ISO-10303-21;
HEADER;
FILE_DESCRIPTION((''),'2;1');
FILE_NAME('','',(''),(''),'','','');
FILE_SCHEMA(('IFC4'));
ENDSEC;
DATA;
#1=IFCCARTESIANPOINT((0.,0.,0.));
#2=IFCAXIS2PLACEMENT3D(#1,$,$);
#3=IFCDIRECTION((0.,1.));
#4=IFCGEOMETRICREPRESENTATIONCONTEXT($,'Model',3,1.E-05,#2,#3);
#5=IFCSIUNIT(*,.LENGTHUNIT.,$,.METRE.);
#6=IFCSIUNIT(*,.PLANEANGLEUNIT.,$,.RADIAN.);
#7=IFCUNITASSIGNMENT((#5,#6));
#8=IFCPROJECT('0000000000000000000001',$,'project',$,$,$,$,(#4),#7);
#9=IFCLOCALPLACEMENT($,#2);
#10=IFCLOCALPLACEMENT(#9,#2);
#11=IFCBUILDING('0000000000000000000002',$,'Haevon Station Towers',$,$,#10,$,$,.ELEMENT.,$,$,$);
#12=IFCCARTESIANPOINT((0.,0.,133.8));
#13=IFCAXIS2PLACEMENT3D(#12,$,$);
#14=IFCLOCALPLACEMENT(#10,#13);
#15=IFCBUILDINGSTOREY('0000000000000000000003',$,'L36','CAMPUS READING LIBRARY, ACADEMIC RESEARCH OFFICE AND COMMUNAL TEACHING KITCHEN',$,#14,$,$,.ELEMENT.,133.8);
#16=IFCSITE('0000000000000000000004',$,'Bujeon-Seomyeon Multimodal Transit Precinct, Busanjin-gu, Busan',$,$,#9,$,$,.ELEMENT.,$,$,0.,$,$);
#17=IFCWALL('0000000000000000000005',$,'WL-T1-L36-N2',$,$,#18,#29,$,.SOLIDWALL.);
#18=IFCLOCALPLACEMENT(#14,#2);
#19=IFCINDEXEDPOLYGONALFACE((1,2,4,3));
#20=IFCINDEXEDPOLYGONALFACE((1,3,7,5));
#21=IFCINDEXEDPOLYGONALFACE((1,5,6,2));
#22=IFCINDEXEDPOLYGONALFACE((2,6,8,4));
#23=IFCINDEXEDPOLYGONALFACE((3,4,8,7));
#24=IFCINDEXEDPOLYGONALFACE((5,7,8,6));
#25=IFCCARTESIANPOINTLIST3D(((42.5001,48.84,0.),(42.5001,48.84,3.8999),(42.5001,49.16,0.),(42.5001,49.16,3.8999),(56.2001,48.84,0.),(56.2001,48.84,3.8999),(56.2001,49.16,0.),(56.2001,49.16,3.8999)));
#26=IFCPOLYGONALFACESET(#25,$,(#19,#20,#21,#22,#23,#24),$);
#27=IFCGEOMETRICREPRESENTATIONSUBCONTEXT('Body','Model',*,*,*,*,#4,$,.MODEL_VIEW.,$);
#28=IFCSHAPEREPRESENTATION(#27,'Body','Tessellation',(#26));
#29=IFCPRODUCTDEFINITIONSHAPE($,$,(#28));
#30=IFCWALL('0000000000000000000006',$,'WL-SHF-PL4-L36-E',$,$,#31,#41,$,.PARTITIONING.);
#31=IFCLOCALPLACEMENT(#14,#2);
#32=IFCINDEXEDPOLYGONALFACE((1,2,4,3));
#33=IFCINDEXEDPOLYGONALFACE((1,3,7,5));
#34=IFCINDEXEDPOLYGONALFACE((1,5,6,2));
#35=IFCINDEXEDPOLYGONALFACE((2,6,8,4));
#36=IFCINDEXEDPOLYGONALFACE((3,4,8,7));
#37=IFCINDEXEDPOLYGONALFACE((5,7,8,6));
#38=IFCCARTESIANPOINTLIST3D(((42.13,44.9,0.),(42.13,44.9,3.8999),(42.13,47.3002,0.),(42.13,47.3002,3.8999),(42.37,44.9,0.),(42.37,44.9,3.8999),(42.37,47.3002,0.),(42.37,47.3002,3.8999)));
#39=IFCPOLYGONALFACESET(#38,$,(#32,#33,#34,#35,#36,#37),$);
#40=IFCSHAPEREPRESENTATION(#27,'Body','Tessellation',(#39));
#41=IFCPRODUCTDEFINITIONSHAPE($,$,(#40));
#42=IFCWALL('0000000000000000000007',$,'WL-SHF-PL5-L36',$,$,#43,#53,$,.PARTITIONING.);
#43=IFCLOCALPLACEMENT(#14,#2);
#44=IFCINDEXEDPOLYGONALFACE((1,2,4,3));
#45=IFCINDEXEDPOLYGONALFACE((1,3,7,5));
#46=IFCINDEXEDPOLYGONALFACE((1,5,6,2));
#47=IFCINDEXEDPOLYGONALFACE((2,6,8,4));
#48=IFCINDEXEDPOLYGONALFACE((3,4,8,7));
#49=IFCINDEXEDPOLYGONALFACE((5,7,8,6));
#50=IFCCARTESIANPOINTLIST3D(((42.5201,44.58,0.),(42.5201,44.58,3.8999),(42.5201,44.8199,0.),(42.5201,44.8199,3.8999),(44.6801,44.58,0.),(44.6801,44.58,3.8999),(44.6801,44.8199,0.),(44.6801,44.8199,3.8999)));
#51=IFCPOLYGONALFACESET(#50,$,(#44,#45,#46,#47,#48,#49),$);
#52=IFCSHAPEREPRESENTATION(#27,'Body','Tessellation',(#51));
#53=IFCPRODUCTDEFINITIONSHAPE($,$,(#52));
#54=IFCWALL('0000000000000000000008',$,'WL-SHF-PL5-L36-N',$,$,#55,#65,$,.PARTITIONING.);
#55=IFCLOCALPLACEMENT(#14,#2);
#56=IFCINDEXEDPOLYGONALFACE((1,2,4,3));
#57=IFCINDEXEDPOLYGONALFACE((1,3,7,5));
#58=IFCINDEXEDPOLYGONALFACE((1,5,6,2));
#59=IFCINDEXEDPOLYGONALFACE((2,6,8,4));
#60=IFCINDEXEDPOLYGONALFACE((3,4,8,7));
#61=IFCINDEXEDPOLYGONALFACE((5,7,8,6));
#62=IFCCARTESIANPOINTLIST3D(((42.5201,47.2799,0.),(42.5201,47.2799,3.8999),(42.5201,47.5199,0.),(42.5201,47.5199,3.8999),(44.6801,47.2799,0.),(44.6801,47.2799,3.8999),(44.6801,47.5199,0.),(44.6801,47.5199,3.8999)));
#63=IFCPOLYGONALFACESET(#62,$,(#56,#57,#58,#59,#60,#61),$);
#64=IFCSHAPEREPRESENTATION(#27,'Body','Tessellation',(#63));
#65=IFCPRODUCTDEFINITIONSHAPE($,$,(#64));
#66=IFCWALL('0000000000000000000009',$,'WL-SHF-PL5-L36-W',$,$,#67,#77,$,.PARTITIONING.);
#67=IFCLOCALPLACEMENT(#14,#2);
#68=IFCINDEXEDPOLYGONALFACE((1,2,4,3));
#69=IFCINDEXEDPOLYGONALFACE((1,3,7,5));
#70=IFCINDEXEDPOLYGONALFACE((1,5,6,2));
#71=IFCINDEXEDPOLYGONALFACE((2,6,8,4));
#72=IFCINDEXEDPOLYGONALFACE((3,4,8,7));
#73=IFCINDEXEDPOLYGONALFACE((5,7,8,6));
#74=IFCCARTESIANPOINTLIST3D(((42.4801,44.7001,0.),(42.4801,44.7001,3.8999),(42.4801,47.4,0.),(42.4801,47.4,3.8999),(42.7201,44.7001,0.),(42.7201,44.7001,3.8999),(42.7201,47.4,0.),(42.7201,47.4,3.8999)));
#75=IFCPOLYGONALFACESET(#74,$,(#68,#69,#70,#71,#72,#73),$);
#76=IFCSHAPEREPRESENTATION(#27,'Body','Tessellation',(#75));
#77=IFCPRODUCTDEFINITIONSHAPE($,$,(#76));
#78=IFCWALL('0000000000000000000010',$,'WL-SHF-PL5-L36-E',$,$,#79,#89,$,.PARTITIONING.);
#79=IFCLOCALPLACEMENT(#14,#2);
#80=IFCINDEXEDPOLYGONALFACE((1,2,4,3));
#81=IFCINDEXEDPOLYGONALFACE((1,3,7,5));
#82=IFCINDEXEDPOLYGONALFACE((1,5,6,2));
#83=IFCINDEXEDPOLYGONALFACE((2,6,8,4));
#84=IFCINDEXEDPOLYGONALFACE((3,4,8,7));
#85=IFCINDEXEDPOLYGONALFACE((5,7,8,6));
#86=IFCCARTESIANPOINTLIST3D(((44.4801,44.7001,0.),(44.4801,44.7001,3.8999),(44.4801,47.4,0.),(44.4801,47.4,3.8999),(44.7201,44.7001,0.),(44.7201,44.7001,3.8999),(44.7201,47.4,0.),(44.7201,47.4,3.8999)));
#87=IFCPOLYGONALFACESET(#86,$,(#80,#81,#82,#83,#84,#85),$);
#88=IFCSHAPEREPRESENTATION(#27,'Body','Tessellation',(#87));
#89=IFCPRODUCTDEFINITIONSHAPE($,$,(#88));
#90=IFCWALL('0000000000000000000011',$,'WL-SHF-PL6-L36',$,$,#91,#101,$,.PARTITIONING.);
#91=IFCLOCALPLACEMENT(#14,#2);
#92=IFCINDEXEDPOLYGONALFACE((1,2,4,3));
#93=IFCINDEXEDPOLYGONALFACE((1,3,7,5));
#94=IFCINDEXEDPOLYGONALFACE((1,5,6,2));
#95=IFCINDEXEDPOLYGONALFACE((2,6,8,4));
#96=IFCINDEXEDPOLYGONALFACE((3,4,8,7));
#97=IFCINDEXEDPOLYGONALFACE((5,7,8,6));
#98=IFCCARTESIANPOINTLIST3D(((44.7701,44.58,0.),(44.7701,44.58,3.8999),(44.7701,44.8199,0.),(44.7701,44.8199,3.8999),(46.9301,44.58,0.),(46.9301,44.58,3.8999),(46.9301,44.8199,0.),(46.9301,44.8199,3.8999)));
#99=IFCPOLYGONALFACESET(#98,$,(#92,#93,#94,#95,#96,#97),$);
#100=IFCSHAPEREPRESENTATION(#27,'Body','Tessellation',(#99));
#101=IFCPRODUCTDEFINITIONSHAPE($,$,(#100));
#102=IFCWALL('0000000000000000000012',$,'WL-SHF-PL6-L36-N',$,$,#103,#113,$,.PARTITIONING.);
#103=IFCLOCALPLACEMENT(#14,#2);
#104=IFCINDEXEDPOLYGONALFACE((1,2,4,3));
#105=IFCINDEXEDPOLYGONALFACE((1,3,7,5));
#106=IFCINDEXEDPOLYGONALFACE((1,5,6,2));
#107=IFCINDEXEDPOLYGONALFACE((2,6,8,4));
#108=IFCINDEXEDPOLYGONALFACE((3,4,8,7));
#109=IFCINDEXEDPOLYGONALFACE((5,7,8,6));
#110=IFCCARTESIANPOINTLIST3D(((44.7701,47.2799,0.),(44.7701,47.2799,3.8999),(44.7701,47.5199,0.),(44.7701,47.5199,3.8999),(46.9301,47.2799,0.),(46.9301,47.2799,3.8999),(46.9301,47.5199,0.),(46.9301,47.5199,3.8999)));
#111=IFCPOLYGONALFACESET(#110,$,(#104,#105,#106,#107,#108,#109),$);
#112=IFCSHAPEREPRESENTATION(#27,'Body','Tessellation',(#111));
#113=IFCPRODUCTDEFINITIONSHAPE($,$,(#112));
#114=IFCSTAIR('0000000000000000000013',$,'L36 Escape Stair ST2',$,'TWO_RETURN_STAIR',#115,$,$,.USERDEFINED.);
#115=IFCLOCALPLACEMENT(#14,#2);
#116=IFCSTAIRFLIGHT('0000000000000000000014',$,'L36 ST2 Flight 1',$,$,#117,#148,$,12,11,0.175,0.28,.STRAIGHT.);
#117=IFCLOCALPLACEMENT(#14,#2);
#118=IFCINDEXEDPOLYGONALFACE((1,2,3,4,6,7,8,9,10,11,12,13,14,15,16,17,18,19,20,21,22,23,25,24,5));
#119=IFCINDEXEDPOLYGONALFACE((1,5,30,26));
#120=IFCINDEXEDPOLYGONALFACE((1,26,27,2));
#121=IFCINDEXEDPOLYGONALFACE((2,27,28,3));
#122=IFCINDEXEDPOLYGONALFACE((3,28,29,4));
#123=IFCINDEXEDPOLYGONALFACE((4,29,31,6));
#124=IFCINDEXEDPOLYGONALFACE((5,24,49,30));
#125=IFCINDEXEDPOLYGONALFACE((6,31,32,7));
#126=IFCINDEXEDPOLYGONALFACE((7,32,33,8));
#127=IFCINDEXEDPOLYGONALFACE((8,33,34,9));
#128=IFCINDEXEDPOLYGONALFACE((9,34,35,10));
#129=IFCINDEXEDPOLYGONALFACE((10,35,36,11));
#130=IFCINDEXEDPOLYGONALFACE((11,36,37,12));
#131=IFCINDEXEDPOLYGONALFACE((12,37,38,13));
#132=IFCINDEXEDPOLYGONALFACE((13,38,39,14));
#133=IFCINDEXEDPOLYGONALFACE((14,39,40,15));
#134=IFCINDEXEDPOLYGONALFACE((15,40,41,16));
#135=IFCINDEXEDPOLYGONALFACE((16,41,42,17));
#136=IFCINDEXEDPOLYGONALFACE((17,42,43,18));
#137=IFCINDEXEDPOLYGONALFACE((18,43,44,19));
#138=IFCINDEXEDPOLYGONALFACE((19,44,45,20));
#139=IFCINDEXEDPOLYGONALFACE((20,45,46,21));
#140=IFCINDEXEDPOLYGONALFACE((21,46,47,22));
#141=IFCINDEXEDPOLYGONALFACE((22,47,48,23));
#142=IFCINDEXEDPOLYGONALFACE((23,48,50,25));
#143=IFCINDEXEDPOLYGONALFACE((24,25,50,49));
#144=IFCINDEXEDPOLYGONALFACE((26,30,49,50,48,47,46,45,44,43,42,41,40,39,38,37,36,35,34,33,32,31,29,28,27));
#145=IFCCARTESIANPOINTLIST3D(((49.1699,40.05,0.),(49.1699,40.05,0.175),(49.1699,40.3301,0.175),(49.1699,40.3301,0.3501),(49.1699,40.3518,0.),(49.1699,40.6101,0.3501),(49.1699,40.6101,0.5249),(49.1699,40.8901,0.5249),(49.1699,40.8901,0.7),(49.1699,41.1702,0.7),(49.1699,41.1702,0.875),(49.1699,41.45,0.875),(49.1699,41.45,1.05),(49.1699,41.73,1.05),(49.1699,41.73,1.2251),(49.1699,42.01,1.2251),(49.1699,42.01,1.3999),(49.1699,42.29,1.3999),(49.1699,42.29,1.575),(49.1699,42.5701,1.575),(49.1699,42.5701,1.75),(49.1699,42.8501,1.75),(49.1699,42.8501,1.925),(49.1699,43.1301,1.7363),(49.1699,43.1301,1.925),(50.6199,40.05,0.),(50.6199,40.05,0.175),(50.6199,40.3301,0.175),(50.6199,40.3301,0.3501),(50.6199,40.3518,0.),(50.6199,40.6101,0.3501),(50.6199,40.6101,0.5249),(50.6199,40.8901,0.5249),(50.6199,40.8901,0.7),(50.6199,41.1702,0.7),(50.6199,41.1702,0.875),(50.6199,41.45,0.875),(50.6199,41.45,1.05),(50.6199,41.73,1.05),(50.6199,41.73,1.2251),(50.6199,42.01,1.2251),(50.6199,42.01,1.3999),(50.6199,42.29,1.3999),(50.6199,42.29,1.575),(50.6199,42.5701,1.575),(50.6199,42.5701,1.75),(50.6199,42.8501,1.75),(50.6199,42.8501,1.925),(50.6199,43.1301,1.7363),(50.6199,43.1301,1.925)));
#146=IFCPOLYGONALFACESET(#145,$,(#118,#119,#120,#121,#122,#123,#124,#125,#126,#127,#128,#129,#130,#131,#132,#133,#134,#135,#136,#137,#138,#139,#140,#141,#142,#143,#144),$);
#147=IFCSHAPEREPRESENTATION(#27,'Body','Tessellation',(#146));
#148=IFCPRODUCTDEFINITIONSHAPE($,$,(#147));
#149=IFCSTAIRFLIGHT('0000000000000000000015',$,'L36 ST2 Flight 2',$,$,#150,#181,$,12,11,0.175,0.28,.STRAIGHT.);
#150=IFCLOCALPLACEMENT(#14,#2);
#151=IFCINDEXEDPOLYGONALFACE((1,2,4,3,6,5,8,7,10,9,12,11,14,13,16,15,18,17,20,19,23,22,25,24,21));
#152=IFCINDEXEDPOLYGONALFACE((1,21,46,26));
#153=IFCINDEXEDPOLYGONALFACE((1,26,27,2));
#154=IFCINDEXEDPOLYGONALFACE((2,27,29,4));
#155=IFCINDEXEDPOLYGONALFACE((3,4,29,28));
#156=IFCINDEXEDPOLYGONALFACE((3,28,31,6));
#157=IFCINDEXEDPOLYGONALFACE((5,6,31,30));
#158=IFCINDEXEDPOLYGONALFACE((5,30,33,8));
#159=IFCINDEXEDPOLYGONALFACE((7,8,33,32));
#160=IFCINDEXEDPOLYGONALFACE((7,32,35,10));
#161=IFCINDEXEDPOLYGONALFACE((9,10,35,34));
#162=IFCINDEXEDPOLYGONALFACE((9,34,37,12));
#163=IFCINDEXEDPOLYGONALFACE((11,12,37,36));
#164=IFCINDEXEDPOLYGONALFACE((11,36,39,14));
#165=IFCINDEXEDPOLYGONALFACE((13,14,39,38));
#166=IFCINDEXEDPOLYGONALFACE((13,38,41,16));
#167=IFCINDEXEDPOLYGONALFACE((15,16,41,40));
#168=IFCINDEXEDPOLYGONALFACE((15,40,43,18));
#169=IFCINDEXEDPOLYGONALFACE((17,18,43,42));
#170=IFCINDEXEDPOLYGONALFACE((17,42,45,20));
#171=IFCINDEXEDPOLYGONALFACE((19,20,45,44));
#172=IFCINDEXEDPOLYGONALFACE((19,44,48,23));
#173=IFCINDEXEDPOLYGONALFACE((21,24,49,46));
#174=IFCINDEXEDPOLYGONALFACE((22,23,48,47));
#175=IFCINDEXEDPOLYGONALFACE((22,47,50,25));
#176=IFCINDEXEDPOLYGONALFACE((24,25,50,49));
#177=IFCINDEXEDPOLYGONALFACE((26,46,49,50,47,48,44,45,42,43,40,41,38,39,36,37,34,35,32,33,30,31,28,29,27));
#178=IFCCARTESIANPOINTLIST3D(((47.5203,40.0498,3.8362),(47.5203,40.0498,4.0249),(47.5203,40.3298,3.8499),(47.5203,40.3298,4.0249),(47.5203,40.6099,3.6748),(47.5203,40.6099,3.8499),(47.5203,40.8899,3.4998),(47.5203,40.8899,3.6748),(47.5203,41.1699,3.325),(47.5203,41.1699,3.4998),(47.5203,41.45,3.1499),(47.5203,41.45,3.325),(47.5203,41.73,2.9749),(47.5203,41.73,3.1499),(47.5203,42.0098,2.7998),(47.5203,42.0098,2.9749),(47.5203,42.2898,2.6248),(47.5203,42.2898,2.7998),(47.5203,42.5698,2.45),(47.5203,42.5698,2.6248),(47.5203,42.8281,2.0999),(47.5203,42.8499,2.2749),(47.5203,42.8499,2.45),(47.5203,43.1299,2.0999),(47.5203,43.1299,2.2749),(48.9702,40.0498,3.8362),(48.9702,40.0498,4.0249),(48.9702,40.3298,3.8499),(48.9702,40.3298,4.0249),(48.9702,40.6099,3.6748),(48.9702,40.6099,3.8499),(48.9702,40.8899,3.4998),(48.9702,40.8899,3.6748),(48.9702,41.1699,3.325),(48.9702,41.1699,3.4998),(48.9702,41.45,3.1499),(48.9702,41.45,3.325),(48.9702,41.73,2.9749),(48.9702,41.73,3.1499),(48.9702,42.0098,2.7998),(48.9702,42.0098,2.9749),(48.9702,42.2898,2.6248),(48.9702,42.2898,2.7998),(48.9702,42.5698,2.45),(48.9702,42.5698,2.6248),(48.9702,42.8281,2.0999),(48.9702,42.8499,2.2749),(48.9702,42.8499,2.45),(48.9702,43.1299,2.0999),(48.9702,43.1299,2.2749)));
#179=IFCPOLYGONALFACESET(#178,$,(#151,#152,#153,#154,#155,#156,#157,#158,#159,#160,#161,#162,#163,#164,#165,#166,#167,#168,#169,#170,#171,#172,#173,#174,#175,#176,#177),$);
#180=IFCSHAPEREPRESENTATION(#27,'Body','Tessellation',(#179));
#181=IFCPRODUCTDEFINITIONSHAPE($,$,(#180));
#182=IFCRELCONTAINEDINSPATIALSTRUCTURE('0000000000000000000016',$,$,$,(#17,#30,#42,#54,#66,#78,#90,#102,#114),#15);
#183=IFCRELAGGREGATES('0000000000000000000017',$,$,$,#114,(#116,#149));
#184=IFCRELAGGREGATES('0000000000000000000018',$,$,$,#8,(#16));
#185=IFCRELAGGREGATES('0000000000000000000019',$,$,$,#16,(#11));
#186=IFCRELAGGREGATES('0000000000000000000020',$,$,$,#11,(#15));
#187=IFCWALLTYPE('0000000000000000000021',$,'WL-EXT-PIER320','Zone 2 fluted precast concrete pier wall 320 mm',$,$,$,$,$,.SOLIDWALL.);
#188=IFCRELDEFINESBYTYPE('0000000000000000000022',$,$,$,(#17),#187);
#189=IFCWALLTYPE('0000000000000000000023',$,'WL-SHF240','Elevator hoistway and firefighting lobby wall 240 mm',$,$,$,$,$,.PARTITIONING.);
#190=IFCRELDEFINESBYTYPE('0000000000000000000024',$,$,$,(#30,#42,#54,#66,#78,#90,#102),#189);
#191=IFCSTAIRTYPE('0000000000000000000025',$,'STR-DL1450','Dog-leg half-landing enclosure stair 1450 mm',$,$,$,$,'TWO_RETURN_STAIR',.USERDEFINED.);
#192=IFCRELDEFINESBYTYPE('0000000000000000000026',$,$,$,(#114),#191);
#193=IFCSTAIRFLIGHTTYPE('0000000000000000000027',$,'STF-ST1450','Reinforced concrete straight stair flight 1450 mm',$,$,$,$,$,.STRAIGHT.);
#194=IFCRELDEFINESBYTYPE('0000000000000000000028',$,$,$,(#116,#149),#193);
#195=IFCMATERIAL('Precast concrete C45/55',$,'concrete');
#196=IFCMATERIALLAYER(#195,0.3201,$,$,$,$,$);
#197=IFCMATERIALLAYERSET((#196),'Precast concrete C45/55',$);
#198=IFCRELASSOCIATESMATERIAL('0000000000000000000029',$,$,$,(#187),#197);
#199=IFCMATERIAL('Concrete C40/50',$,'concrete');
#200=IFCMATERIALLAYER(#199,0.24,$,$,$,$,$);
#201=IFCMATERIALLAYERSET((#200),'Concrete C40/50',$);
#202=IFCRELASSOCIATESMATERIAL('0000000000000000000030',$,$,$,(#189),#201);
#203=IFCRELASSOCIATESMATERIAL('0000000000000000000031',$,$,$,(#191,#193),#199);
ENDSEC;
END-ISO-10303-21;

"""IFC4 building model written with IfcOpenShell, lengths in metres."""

from ifc_helpers import new_model, si_unit, direction, frame, frame_2d, origin, place, context, subcontext, project, spatial, polyline, rectangle, outline, extrude, material, layer, layer_set, type_object, element, aggregate, save


model = new_model("IFC4")

# Units and contexts
model_context = context("Model", 3, precision=1e-05, world=origin(), true_north=direction((0.0, 1.0)))
body_context = subcontext(model_context, "Body", "Model", "MODEL_VIEW")
ifc_project = project(units=[si_unit("LENGTHUNIT", "METRE"), si_unit("PLANEANGLEUNIT", "RADIAN")], contexts=[model_context])

# Site, building, storey
site_placement = place(None, origin())
site = spatial("IfcSite", under=ifc_project, at=site_placement, Name="Bujeon-Seomyeon Multimodal Transit Precinct, Busanjin-gu, Busan", CompositionType="ELEMENT", RefElevation=0.0)
building_placement = place(site_placement, origin())
building = spatial("IfcBuilding", under=site, at=building_placement, Name="Haevon Station Towers", CompositionType="ELEMENT")
storey_placement = place(building_placement, frame((0.0, 0.0, 133.8)))
storey = spatial("IfcBuildingStorey", under=building, at=storey_placement, Name="L36", Description="CAMPUS READING LIBRARY, ACADEMIC RESEARCH OFFICE AND COMMUNAL TEACHING KITCHEN", CompositionType="ELEMENT", Elevation=133.8)

# Walls
ifc_material_1 = material(Name="Precast concrete C45/55", Category="concrete")
ifc_layer_1 = layer(ifc_material_1, 0.3201)
ifc_layer_set_1 = layer_set([ifc_layer_1], Name="Precast concrete C45/55")
wall_type_1 = type_object("IfcWallType", Name="WL-EXT-PIER320", Description="Zone 2 fluted precast concrete pier wall 320 mm", PredefinedType="SOLIDWALL", material=ifc_layer_set_1)
wall_1_placement = place(storey_placement, frame((42.5, 49.0, 0.0), z_axis=(0.0, 0.0, 1.0), x_axis=(1.0, 0.0, 0.0)))
element("IfcWall", 1, at=wall_1_placement, inside=storey, type_object=wall_type_1, Name="WL-T1-L36-N2", PredefinedType="SOLIDWALL", context=body_context, shape_type="SweptSolid", body=[
    extrude(rectangle(XDim=13.7, YDim=0.3201, at=frame_2d((6.8501, 0.0))), origin(), (0.0, 0.0, 1.0), 3.8999),
])
ifc_material_2 = material(Name="Concrete C40/50", Category="concrete")
ifc_layer_2 = layer(ifc_material_2, 0.24)
ifc_layer_set_2 = layer_set([ifc_layer_2], Name="Concrete C40/50")
wall_type_2 = type_object("IfcWallType", Name="WL-SHF240", Description="Elevator hoistway and firefighting lobby wall 240 mm", PredefinedType="PARTITIONING", material=ifc_layer_set_2)
wall_2_placement = place(storey_placement, frame((42.25, 44.8999, 0.0), z_axis=(0.0, 0.0, 1.0), x_axis=(0.0, 1.0, 0.0)))
element("IfcWall", 2, at=wall_2_placement, inside=storey, type_object=wall_type_2, Name="WL-SHF-PL4-L36-E", PredefinedType="PARTITIONING", context=body_context, shape_type="SweptSolid", body=[
    extrude(rectangle(XDim=2.4001, YDim=0.24, at=frame_2d((1.2002, 0.0))), origin(), (0.0, 0.0, 1.0), 3.8999),
])
for number, where, z_axis, x_axis, name in (
    (3, (42.52, 44.7, 0.0), (0.0, 0.0, 1.0), (1.0, 0.0, 0.0), "WL-SHF-PL5-L36"),
    (4, (42.52, 47.3999, 0.0), (0.0, 0.0, 1.0), (1.0, 0.0, 0.0), "WL-SHF-PL5-L36-N"),
):
    element("IfcWall", number, at=place(storey_placement, frame(where, z_axis=z_axis, x_axis=x_axis)), inside=storey, type_object=wall_type_2, Name=name, PredefinedType="PARTITIONING", context=body_context, shape_type="SweptSolid", body=[
        extrude(rectangle(XDim=2.1599, YDim=0.24, at=frame_2d((1.0801, 0.0))), origin(), (0.0, 0.0, 1.0), 3.8999),
    ])
for number, where, z_axis, x_axis, name in (
    (5, (42.6001, 44.7, 0.0), (0.0, 0.0, 1.0), (0.0, 1.0, 0.0), "WL-SHF-PL5-L36-W"),
    (6, (44.6001, 44.7, 0.0), (0.0, 0.0, 1.0), (0.0, 1.0, 0.0), "WL-SHF-PL5-L36-E"),
):
    element("IfcWall", number, at=place(storey_placement, frame(where, z_axis=z_axis, x_axis=x_axis)), inside=storey, type_object=wall_type_2, Name=name, PredefinedType="PARTITIONING", context=body_context, shape_type="SweptSolid", body=[
        extrude(rectangle(XDim=2.7, YDim=0.24, at=frame_2d((1.3501, 0.0))), origin(), (0.0, 0.0, 1.0), 3.8999),
    ])
for number, where, z_axis, x_axis, name in (
    (7, (44.77, 44.7, 0.0), (0.0, 0.0, 1.0), (1.0, 0.0, 0.0), "WL-SHF-PL6-L36"),
    (8, (44.77, 47.3999, 0.0), (0.0, 0.0, 1.0), (1.0, 0.0, 0.0), "WL-SHF-PL6-L36-N"),
):
    element("IfcWall", number, at=place(storey_placement, frame(where, z_axis=z_axis, x_axis=x_axis)), inside=storey, type_object=wall_type_2, Name=name, PredefinedType="PARTITIONING", context=body_context, shape_type="SweptSolid", body=[
        extrude(rectangle(XDim=2.1599, YDim=0.24, at=frame_2d((1.0801, 0.0))), origin(), (0.0, 0.0, 1.0), 3.8999),
    ])

# Stair, stair flights
stair_type = type_object("IfcStairType", Name="STR-DL1450", Description="Dog-leg half-landing enclosure stair 1450 mm", ElementType="TWO_RETURN_STAIR", PredefinedType="USERDEFINED", material=ifc_material_2)
stair_placement = place(storey_placement, origin())
stair = element("IfcStair", 9, at=stair_placement, inside=storey, type_object=stair_type, Name="L36 Escape Stair ST2", ObjectType="TWO_RETURN_STAIR", PredefinedType="USERDEFINED")
stair_flight_type = type_object("IfcStairFlightType", Name="STF-ST1450", Description="Reinforced concrete straight stair flight 1450 mm", PredefinedType="STRAIGHT", material=ifc_material_2)
stair_flight_1_placement = place(storey_placement, frame((49.895, 40.05, 0.0), z_axis=(0.0, 0.0, 1.0), x_axis=(0.0, 1.0, 0.0)))
stair_flight_1 = element("IfcStairFlight", 10, at=stair_flight_1_placement, type_object=stair_flight_type, Name="L36 ST2 Flight 1", NumberOfRisers=12, NumberOfTreads=11, PredefinedType="STRAIGHT", RiserHeight=0.175, TreadLength=0.28, context=body_context, shape_type="SweptSolid", body=[
    extrude(outline(polyline([(0.0, 0.0), (0.0, 0.175), (0.28, 0.175), (0.28, 0.3501), (0.5601, 0.3501), (0.5601, 0.5249), (0.8401, 0.5249), (0.8401, 0.7), (1.1201, 0.7), (1.1201, 0.875), (1.3999, 0.875), (1.3999, 1.05), (1.6799, 1.05), (1.6799, 1.2251), (1.96, 1.2251), (1.96, 1.3999), (2.24, 1.3999), (2.24, 1.575), (2.52, 1.575), (2.52, 1.75), (2.8, 1.75), (2.8, 1.925), (3.0801, 1.925), (3.0801, 2.1001), (3.0801, 1.7363), (0.3018, 0.0), (0.0, 0.0)])), frame((0.0, 0.7251, 0.0), z_axis=(0.0, -1.0, 0.0), x_axis=(1.0, 0.0, 0.0)), (0.0, 0.0, 1.0), 1.45),
])
stair_flight_2_placement = place(storey_placement, frame((48.2451, 43.1299, 2.0999), z_axis=(0.0, 0.0, 1.0), x_axis=(0.0, -1.0, 0.0)))
stair_flight_2 = element("IfcStairFlight", 11, at=stair_flight_2_placement, type_object=stair_flight_type, Name="L36 ST2 Flight 2", NumberOfRisers=12, NumberOfTreads=11, PredefinedType="STRAIGHT", RiserHeight=0.175, TreadLength=0.28, context=body_context, shape_type="SweptSolid", body=[
    extrude(outline(polyline([(0.0, 0.0), (0.0, 0.175), (0.28, 0.175), (0.28, 0.3501), (0.5601, 0.3501), (0.5601, 0.5249), (0.8401, 0.5249), (0.8401, 0.7), (1.1201, 0.7), (1.1201, 0.875), (1.3999, 0.875), (1.3999, 1.05), (1.6799, 1.05), (1.6799, 1.2251), (1.96, 1.2251), (1.96, 1.3999), (2.24, 1.3999), (2.24, 1.575), (2.52, 1.575), (2.52, 1.75), (2.8, 1.75), (2.8, 1.925), (3.0801, 1.925), (3.0801, 2.1001), (3.0801, 1.7363), (0.3018, 0.0), (0.0, 0.0)])), frame((0.0, 0.7251, 0.0), z_axis=(0.0, -1.0, 0.0), x_axis=(1.0, 0.0, 0.0)), (0.0, 0.0, 1.0), 1.45),
])
aggregate(stair, [stair_flight_1, stair_flight_2])

save(model, "model.ifc")
